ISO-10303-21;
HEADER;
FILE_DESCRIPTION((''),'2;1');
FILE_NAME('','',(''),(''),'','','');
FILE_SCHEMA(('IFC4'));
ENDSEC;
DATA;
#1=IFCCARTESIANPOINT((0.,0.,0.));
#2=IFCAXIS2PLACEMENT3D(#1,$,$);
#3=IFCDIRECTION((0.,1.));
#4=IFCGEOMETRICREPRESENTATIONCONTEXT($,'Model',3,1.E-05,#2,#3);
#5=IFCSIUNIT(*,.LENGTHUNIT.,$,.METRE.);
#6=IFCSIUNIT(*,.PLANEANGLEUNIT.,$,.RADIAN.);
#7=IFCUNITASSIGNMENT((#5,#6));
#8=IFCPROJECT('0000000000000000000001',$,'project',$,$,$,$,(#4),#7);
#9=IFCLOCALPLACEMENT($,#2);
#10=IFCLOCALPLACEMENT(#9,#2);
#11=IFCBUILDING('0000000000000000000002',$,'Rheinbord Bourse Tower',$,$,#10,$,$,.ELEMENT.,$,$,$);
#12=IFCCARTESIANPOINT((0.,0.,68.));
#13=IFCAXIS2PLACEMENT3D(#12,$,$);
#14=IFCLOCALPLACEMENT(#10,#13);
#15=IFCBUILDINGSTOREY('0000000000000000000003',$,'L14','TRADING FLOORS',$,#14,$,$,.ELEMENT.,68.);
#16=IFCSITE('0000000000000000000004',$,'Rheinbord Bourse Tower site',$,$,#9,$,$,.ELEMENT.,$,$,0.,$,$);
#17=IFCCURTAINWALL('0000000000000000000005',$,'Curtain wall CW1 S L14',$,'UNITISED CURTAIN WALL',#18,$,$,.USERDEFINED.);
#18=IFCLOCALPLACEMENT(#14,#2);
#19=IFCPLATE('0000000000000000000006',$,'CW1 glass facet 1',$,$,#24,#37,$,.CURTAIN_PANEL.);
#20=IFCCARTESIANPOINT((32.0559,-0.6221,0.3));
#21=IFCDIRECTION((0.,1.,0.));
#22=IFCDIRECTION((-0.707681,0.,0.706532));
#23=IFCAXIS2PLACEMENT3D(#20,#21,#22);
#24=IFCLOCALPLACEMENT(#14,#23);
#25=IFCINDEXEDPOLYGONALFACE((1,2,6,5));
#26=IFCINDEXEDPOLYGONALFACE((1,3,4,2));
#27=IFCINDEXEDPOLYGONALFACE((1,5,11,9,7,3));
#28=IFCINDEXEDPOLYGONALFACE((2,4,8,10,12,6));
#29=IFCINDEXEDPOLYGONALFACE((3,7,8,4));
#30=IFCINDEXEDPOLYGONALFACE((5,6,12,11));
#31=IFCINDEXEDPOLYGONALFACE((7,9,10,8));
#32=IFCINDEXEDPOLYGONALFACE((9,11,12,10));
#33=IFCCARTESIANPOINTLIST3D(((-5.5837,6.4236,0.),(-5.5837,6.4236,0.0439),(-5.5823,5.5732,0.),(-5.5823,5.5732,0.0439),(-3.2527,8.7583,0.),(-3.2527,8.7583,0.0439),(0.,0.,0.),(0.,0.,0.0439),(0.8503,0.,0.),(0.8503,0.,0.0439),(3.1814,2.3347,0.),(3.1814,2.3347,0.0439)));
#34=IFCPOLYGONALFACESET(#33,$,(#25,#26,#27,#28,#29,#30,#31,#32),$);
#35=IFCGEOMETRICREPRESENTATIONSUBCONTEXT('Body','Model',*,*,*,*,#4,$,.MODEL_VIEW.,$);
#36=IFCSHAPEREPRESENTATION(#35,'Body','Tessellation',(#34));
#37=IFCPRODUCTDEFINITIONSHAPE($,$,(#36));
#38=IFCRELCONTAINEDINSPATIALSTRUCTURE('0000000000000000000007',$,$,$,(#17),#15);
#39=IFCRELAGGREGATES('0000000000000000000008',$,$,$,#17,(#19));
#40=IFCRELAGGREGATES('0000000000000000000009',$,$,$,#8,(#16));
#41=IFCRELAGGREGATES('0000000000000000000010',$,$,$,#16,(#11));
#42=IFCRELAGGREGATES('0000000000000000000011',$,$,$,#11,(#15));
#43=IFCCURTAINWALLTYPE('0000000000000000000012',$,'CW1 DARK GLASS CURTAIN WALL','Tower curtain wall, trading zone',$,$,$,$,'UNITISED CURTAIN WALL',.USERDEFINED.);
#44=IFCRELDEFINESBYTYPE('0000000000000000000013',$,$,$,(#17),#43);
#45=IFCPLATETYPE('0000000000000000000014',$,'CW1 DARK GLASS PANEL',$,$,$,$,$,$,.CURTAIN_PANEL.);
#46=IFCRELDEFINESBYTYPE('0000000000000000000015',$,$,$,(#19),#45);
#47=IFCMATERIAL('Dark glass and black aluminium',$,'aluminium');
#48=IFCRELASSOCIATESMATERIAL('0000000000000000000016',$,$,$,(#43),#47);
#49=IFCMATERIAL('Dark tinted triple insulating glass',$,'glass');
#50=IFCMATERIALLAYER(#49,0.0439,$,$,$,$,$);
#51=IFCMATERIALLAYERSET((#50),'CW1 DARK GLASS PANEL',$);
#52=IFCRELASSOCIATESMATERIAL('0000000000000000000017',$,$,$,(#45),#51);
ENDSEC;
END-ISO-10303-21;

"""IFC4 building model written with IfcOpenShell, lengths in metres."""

from ifc_helpers import new_model, si_unit, direction, frame, origin, place, context, subcontext, project, spatial, polyline, outline, extrude, material, layer, layer_set, type_object, element, aggregate, save


model = new_model("IFC4")

# Units and contexts
model_context = context("Model", 3, precision=1e-05, world=origin(), true_north=direction((0.0, 1.0)))
body_context = subcontext(model_context, "Body", "Model", "MODEL_VIEW")
ifc_project = project(units=[si_unit("LENGTHUNIT", "METRE"), si_unit("PLANEANGLEUNIT", "RADIAN")], contexts=[model_context])

# Site, building, storey
site_placement = place(None, origin())
site = spatial("IfcSite", under=ifc_project, at=site_placement, Name="Rheinbord Bourse Tower site", CompositionType="ELEMENT", RefElevation=0.0)
building_placement = place(site_placement, origin())
building = spatial("IfcBuilding", under=site, at=building_placement, Name="Rheinbord Bourse Tower", CompositionType="ELEMENT")
storey_placement = place(building_placement, frame((0.0, 0.0, 68.0)))
storey = spatial("IfcBuildingStorey", under=building, at=storey_placement, Name="L14", Description="TRADING FLOORS", CompositionType="ELEMENT", Elevation=68.0)

# Curtain wall
ifc_material_1 = material(Name="Dark glass and black aluminium", Category="aluminium")
curtain_wall_type = type_object("IfcCurtainWallType", Name="CW1 DARK GLASS CURTAIN WALL", Description="Tower curtain wall, trading zone", ElementType="UNITISED CURTAIN WALL", PredefinedType="USERDEFINED", material=ifc_material_1)
curtain_wall_placement = place(storey_placement, origin())
curtain_wall = element("IfcCurtainWall", 1, at=curtain_wall_placement, inside=storey, type_object=curtain_wall_type, Name="Curtain wall CW1 S L14", ObjectType="UNITISED CURTAIN WALL", PredefinedType="USERDEFINED")

# Plate
ifc_material_2 = material(Name="Dark tinted triple insulating glass", Category="glass")
ifc_layer_1 = layer(ifc_material_2, 0.0439)
ifc_layer_set_1 = layer_set([ifc_layer_1], Name="CW1 DARK GLASS PANEL")
plate_type = type_object("IfcPlateType", Name="CW1 DARK GLASS PANEL", PredefinedType="CURTAIN_PANEL", material=ifc_layer_set_1)
plate_1_placement = place(storey_placement, frame((32.0559, -0.6221, 0.3), z_axis=(0.0, 1.0, 0.0), x_axis=(-0.707681, 0.0, 0.706532)))
plate_1 = element("IfcPlate", 2, at=plate_1_placement, type_object=plate_type, Name="CW1 glass facet 1", PredefinedType="CURTAIN_PANEL", context=body_context, shape_type="SweptSolid", body=[
    extrude(outline(polyline([(0.0, 0.0), (0.8503, 0.0), (3.1814, 2.3347), (-3.2527, 8.7583), (-5.5837, 6.4236), (-5.5823, 5.5732), (0.0, 0.0)])), origin(), (0.0, 0.0, 1.0), 0.0439),
])
aggregate(curtain_wall, [plate_1])

save(model, "model.ifc")
